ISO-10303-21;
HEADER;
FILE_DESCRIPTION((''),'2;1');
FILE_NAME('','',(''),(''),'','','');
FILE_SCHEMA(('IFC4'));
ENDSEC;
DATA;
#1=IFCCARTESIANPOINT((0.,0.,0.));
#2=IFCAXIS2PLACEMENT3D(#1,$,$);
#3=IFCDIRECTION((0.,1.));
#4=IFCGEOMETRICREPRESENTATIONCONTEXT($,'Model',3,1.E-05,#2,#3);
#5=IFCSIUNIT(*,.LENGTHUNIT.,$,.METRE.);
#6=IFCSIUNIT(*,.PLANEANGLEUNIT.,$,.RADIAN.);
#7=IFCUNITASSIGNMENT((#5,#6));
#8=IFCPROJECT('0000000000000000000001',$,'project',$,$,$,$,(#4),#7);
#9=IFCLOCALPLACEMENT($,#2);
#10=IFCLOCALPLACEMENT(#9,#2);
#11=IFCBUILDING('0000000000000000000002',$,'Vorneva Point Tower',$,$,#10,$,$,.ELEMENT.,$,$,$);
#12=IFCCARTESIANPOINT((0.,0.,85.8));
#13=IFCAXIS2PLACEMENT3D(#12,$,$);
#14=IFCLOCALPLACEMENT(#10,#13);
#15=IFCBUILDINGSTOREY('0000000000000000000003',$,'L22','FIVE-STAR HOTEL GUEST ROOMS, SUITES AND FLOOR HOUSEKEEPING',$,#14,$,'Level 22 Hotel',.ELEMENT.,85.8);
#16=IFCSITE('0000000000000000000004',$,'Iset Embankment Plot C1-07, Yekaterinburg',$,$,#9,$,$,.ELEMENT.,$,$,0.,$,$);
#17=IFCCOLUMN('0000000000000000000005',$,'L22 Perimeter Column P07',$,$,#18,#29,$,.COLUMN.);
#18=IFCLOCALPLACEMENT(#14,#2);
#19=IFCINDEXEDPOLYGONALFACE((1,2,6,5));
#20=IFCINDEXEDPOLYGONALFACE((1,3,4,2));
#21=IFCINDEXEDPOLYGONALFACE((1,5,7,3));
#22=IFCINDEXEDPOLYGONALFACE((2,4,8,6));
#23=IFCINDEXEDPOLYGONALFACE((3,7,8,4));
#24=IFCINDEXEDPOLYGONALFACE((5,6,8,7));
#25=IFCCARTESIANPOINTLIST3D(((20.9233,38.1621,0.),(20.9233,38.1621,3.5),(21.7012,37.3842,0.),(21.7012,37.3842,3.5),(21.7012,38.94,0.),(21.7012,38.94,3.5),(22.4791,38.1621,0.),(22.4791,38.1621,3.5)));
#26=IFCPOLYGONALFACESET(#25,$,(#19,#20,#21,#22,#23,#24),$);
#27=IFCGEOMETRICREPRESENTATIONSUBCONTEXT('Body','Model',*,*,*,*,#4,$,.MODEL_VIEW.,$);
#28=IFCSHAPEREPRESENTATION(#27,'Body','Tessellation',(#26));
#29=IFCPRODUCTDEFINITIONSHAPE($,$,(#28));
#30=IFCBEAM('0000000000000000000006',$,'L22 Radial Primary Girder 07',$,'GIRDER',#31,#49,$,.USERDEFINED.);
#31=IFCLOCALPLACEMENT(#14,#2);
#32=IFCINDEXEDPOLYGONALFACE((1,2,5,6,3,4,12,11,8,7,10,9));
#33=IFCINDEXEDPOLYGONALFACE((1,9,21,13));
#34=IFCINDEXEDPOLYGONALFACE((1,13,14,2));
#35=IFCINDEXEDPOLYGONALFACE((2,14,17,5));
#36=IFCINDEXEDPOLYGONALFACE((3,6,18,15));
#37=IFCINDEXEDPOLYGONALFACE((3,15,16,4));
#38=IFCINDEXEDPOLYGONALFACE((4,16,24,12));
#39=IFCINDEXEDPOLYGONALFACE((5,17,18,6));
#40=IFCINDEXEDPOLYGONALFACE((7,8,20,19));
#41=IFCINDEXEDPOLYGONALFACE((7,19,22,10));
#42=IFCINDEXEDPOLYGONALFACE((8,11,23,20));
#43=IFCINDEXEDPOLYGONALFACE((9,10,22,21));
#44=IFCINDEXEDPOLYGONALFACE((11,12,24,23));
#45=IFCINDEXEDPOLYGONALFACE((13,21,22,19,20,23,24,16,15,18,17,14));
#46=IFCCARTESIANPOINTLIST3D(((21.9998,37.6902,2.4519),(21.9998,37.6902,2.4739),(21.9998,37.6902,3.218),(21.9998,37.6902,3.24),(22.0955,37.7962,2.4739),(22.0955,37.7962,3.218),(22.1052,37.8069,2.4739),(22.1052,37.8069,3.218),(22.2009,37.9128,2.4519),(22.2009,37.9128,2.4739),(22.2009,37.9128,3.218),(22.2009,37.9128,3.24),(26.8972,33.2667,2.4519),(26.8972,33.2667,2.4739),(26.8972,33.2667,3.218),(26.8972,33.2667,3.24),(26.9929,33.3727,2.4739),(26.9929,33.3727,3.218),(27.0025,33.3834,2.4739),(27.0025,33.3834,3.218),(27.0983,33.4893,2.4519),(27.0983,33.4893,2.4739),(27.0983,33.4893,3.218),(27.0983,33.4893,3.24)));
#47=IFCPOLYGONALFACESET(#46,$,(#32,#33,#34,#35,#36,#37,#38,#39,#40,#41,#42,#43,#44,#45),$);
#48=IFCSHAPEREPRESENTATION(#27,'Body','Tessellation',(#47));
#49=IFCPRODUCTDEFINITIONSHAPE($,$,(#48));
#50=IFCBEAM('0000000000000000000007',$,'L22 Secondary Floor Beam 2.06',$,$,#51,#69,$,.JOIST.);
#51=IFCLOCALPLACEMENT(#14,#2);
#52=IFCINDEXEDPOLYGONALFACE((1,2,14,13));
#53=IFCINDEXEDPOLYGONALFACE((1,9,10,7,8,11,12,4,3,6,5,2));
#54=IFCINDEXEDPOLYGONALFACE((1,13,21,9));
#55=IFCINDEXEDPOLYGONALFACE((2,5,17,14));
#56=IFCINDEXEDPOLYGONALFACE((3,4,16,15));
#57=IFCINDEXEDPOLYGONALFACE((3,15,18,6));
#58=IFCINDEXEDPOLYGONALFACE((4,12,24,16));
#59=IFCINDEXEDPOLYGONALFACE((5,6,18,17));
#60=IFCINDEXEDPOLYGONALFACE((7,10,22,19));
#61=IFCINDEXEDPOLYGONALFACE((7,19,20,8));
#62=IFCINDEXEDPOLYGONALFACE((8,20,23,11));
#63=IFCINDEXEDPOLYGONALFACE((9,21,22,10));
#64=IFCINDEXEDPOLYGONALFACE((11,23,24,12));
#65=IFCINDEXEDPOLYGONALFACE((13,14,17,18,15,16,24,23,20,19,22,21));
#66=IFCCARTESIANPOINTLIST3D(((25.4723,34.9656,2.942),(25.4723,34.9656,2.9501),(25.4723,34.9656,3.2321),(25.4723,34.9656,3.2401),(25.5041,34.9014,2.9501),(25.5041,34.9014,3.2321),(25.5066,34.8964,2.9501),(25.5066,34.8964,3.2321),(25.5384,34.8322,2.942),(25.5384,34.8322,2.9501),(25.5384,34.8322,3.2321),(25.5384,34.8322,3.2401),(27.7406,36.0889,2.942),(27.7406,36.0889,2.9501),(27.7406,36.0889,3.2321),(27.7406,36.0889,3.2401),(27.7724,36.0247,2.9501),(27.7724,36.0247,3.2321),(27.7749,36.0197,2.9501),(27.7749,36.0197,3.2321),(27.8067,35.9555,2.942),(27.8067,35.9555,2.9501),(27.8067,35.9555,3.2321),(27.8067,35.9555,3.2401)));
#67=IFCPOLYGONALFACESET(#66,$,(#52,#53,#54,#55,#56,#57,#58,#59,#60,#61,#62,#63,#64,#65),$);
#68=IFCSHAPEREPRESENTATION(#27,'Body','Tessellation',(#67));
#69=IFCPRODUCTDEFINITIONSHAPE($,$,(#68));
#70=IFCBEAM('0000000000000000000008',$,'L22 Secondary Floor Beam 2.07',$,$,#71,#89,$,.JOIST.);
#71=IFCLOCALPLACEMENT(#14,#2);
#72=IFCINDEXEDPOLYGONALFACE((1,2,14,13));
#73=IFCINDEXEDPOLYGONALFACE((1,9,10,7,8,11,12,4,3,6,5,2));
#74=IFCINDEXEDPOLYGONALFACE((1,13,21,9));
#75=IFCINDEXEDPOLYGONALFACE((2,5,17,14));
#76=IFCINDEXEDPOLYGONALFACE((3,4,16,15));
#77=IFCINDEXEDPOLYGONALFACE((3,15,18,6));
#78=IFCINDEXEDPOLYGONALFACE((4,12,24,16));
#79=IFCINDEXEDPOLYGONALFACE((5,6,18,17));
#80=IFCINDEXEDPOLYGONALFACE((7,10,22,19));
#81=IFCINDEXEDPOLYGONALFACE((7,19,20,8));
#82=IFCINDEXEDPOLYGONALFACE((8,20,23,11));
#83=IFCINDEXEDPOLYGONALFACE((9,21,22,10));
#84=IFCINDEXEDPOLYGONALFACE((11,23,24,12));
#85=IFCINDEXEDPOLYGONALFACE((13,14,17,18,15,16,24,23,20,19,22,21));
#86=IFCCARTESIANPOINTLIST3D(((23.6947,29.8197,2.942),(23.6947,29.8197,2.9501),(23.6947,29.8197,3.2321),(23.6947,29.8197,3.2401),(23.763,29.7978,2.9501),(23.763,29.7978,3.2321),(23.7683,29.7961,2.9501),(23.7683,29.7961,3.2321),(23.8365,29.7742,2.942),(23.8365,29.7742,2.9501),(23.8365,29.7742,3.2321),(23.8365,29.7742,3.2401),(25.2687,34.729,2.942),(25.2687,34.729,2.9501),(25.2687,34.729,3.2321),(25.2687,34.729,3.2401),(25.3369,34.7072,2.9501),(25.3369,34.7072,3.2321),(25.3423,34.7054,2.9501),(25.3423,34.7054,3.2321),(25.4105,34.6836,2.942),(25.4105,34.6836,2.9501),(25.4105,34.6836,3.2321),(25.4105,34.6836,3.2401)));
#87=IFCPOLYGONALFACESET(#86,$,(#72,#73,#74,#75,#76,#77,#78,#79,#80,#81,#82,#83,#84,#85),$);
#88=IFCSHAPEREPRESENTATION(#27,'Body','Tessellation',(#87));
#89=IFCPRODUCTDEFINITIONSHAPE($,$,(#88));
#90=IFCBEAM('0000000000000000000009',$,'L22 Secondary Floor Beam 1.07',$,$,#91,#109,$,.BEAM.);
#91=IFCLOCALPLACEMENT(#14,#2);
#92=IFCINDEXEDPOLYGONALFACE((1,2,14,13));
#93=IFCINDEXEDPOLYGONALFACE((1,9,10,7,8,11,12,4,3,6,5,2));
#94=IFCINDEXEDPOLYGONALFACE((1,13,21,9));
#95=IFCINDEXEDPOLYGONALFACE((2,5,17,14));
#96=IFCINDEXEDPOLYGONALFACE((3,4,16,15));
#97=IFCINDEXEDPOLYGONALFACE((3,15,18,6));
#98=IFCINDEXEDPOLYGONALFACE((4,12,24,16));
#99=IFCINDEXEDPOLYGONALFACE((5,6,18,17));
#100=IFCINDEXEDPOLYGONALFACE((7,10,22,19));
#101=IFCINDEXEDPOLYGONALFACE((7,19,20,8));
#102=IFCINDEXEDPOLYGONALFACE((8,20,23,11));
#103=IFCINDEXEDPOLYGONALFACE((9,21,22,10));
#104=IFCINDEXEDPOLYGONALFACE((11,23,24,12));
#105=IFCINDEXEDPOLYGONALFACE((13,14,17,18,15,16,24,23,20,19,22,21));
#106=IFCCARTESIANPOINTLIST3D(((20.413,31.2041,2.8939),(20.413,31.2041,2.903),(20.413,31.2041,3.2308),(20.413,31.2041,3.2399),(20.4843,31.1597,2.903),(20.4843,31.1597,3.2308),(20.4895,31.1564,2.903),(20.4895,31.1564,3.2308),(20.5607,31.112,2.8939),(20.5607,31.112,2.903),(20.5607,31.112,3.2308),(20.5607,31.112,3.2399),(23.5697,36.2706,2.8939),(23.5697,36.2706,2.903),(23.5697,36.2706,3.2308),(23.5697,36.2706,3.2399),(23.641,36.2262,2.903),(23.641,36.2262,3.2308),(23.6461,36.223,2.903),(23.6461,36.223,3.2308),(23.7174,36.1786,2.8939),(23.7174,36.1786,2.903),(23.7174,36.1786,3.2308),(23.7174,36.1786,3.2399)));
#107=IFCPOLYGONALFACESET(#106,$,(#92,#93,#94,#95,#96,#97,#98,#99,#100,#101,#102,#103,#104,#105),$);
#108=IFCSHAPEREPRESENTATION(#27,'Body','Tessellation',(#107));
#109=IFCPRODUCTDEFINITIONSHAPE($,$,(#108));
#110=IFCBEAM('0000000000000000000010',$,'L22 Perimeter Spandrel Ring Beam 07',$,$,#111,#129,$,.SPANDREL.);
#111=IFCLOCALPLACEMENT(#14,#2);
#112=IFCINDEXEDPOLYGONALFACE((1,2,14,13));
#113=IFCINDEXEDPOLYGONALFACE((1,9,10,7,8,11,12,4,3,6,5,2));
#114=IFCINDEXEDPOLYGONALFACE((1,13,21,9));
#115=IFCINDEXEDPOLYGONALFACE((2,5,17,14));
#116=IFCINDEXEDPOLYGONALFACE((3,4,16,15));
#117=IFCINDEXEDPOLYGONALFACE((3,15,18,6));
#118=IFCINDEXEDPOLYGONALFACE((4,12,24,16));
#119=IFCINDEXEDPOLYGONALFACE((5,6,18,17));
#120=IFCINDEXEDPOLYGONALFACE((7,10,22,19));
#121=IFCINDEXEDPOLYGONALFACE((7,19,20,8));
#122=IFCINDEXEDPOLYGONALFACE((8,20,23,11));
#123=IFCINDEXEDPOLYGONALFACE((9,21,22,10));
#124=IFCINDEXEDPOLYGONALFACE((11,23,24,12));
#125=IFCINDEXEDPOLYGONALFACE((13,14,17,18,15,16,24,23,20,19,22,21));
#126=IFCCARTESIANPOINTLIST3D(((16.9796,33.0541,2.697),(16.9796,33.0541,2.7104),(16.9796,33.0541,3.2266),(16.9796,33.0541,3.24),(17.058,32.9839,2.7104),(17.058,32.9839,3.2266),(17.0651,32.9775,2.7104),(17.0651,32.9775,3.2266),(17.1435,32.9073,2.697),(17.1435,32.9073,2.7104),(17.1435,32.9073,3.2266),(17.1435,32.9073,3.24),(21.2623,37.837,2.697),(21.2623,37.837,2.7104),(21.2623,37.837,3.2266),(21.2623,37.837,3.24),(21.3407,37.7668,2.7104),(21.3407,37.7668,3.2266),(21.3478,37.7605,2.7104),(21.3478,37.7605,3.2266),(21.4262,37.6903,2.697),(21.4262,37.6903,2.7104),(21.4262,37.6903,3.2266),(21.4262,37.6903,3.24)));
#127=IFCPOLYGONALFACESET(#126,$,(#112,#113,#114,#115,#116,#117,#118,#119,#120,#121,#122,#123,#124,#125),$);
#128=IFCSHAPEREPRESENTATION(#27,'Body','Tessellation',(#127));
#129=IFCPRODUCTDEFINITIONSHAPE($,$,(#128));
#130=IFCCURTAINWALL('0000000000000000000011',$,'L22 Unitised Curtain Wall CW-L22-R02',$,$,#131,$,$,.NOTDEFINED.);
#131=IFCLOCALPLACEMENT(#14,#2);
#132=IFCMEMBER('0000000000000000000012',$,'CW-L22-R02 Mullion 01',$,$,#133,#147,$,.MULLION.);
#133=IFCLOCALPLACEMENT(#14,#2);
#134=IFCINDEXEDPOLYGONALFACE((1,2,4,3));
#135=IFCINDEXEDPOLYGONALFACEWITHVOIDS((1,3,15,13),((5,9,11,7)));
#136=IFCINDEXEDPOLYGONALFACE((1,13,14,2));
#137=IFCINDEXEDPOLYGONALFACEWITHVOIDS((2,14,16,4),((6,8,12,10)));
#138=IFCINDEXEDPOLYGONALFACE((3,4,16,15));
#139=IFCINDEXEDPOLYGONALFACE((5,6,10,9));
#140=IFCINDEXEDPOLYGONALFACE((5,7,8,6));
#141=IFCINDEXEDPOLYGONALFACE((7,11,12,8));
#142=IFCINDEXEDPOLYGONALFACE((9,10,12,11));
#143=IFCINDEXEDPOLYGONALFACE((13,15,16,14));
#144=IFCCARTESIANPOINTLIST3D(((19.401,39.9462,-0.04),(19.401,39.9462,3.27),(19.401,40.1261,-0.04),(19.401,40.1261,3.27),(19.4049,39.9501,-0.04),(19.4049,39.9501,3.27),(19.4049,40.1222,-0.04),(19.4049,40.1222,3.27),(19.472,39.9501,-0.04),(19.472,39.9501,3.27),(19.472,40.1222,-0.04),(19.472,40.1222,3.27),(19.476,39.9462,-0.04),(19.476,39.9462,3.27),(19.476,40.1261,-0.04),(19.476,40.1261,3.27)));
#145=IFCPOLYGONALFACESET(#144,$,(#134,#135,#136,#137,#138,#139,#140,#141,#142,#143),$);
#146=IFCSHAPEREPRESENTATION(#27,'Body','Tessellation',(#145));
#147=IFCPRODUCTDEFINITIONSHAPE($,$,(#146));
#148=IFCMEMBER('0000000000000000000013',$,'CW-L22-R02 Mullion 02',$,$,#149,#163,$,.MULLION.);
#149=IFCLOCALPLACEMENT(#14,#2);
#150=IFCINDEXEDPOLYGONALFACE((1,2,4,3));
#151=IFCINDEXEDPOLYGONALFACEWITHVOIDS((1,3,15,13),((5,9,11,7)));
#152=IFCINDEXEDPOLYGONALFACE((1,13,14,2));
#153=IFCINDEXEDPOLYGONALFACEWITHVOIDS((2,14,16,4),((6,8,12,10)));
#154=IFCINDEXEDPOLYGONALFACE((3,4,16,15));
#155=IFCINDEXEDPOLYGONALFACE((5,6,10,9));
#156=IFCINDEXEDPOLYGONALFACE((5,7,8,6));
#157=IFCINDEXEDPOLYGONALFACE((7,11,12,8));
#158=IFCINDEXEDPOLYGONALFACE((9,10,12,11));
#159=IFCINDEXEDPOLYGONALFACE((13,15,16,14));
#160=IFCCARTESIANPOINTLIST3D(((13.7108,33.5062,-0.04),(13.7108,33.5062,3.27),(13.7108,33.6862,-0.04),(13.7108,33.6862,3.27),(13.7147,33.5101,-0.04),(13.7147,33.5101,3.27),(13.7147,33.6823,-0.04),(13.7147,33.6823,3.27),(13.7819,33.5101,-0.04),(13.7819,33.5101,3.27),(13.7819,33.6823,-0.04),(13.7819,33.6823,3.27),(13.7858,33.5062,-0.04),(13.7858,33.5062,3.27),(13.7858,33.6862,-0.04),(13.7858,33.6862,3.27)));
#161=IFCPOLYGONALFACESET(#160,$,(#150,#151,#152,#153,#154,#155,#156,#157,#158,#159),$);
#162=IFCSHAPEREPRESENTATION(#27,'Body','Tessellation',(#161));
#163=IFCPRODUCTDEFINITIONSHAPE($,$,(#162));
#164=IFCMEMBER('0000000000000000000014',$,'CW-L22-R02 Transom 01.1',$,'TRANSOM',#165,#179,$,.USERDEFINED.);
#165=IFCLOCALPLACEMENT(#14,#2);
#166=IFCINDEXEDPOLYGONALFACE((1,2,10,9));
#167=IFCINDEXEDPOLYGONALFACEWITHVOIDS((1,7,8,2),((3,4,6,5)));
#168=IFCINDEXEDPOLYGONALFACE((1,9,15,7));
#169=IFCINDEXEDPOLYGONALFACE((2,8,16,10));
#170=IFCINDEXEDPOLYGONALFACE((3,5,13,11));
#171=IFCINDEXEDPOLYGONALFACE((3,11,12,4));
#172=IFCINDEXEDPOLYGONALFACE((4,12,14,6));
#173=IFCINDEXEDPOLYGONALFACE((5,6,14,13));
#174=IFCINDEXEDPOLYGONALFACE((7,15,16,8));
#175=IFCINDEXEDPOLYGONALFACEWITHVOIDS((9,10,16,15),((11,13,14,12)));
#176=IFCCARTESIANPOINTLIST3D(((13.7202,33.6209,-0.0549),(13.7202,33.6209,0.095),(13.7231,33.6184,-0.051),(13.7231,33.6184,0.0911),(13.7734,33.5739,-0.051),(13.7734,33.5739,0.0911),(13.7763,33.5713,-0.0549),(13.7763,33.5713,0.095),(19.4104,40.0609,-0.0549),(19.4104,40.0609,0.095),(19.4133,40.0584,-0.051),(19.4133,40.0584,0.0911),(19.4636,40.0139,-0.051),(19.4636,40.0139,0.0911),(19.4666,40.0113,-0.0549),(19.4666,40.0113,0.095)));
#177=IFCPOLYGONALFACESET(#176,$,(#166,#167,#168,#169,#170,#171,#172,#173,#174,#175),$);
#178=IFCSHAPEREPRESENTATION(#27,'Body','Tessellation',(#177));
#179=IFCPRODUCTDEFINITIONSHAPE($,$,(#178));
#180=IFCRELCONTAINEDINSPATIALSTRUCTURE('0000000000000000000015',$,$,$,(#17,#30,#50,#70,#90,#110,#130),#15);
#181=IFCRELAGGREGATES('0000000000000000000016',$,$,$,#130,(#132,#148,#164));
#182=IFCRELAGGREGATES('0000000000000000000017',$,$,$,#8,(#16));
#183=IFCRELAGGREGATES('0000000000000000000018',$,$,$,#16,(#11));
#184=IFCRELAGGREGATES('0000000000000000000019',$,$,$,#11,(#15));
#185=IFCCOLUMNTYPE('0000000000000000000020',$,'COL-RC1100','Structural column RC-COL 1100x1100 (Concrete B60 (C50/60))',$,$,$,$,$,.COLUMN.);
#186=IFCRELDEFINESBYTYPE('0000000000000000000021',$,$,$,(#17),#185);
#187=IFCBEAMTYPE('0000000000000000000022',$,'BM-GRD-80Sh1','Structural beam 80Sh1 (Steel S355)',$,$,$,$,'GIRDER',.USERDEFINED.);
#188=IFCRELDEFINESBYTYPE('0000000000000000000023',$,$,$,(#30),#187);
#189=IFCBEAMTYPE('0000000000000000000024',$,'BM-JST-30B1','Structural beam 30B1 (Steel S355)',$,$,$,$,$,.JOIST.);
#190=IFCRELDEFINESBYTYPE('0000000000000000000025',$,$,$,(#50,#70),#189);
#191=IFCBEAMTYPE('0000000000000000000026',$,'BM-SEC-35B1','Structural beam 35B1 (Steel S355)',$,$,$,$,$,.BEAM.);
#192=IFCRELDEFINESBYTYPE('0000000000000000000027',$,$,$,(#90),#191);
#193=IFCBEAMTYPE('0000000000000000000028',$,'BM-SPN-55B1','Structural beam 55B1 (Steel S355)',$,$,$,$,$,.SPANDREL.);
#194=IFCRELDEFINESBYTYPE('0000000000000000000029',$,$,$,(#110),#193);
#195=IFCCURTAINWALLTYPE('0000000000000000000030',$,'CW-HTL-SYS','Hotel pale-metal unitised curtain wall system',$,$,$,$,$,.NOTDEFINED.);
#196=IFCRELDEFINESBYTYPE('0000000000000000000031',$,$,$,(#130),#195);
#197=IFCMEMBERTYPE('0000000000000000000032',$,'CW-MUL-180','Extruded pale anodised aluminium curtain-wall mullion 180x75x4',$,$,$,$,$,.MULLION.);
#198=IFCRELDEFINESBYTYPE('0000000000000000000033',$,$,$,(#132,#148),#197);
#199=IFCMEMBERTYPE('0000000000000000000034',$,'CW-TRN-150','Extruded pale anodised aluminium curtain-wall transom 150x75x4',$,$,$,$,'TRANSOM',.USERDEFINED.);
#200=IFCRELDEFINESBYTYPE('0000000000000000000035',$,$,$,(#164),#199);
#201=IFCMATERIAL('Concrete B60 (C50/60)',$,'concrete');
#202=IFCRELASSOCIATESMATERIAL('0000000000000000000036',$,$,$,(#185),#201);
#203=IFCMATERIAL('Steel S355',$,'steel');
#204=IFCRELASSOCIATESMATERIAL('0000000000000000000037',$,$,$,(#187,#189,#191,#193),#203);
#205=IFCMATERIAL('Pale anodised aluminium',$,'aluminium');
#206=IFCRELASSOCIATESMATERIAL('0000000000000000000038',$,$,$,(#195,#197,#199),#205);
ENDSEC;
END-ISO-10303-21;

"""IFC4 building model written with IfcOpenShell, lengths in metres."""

from ifc_helpers import new_model, si_unit, direction, frame, origin, origin_2d, place, context, subcontext, project, spatial, rectangle, hollow_rectangle, i_section, extrude, material, material_profile, profile_set, type_object, element, aggregate, save


model = new_model("IFC4")

# Units and contexts
model_context = context("Model", 3, precision=1e-05, world=origin(), true_north=direction((0.0, 1.0)))
body_context = subcontext(model_context, "Body", "Model", "MODEL_VIEW")
ifc_project = project(units=[si_unit("LENGTHUNIT", "METRE"), si_unit("PLANEANGLEUNIT", "RADIAN")], contexts=[model_context])

# Site, building, storey
site_placement = place(None, origin())
site = spatial("IfcSite", under=ifc_project, at=site_placement, Name="Iset Embankment Plot C1-07, Yekaterinburg", CompositionType="ELEMENT", RefElevation=0.0)
building_placement = place(site_placement, origin())
building = spatial("IfcBuilding", under=site, at=building_placement, Name="Vorneva Point Tower", CompositionType="ELEMENT")
storey_placement = place(building_placement, frame((0.0, 0.0, 85.8)))
storey = spatial("IfcBuildingStorey", under=building, at=storey_placement, Name="L22", Description="FIVE-STAR HOTEL GUEST ROOMS, SUITES AND FLOOR HOUSEKEEPING", LongName="Level 22 Hotel", CompositionType="ELEMENT", Elevation=85.8)

# Column
ifc_material_1 = material(Name="Concrete B60 (C50/60)", Category="concrete")
ifc_material_profile_1 = material_profile(ifc_material_1, rectangle(XDim=1.1001, YDim=1.1001, at=origin_2d()), Name="RC-COL 1100x1100")
ifc_profile_set_1 = profile_set([ifc_material_profile_1], Name="Concrete B60 (C50/60)")
column_type = type_object("IfcColumnType", Name="COL-RC1100", Description="Structural column RC-COL 1100x1100 (Concrete B60 (C50/60))", PredefinedType="COLUMN", material=ifc_profile_set_1)
column_placement = place(storey_placement, frame((21.7012, 38.1621, 0.0), z_axis=(0.0, 0.0, 1.0), x_axis=(-0.707107, 0.707107, 0.0)))
element("IfcColumn", 1, at=column_placement, inside=storey, type_object=column_type, Name="L22 Perimeter Column P07", PredefinedType="COLUMN", context=body_context, shape_type="SweptSolid", body=[
    extrude(rectangle(XDim=1.1001, YDim=1.1001, at=origin_2d()), origin(), (0.0, 0.0, 1.0), 3.5),
])

# Beams
ifc_material_2 = material(Name="Steel S355", Category="steel")
ifc_material_profile_2 = material_profile(ifc_material_2, i_section(OverallWidth=0.3, OverallDepth=0.7881, WebThickness=0.0144, FlangeThickness=0.022, at=origin_2d()), Name="80Sh1")
ifc_profile_set_2 = profile_set([ifc_material_profile_2], Name="Steel S355")
beam_type_1 = type_object("IfcBeamType", Name="BM-GRD-80Sh1", Description="Structural beam 80Sh1 (Steel S355)", ElementType="GIRDER", PredefinedType="USERDEFINED", material=ifc_profile_set_2)
beam_1_placement = place(storey_placement, frame((22.1003, 37.8015, 2.8459), z_axis=(0.742097, -0.670292, 0.0), x_axis=(0.670292, 0.742097, 0.0)))
element("IfcBeam", 2, at=beam_1_placement, inside=storey, type_object=beam_type_1, Name="L22 Radial Primary Girder 07", ObjectType="GIRDER", PredefinedType="USERDEFINED", context=body_context, shape_type="SweptSolid", body=[
    extrude(i_section(OverallWidth=0.3, OverallDepth=0.7881, WebThickness=0.0144, FlangeThickness=0.022, at=origin_2d()), origin(), (0.0, 0.0, 1.0), 6.5994),
])
ifc_material_profile_3 = material_profile(ifc_material_2, i_section(OverallWidth=0.1489, OverallDepth=0.2981, WebThickness=0.0056, FlangeThickness=0.0081, at=origin_2d()), Name="30B1")
ifc_profile_set_3 = profile_set([ifc_material_profile_3], Name="Steel S355")
beam_type_2 = type_object("IfcBeamType", Name="BM-JST-30B1", Description="Structural beam 30B1 (Steel S355)", PredefinedType="JOIST", material=ifc_profile_set_3)
beam_2_placement = place(storey_placement, frame((27.7737, 36.0222, 3.0911), z_axis=(-0.896137, -0.443777, 0.0), x_axis=(0.443777, -0.896137, 0.0)))
element("IfcBeam", 3, at=beam_2_placement, inside=storey, type_object=beam_type_2, Name="L22 Secondary Floor Beam 2.06", PredefinedType="JOIST", context=body_context, shape_type="SweptSolid", body=[
    extrude(i_section(OverallWidth=0.1489, OverallDepth=0.2981, WebThickness=0.0056, FlangeThickness=0.0081, at=origin_2d()), origin(), (0.0, 0.0, 1.0), 2.5312),
])
beam_3_placement = place(storey_placement, frame((25.3396, 34.7063, 3.0911), z_axis=(-0.305296, -0.952257, 0.0), x_axis=(0.952257, -0.305296, 0.0)))
element("IfcBeam", 4, at=beam_3_placement, inside=storey, type_object=beam_type_2, Name="L22 Secondary Floor Beam 2.07", PredefinedType="JOIST", context=body_context, shape_type="SweptSolid", body=[
    extrude(i_section(OverallWidth=0.1489, OverallDepth=0.2981, WebThickness=0.0056, FlangeThickness=0.0081, at=origin_2d()), origin(), (0.0, 0.0, 1.0), 5.1555),
])
ifc_material_profile_4 = material_profile(ifc_material_2, i_section(OverallWidth=0.1741, OverallDepth=0.3459, WebThickness=0.0061, FlangeThickness=0.009, at=origin_2d()), Name="35B1")
ifc_profile_set_4 = profile_set([ifc_material_profile_4], Name="Steel S355")
beam_type_3 = type_object("IfcBeamType", Name="BM-SEC-35B1", Description="Structural beam 35B1 (Steel S355)", PredefinedType="BEAM", material=ifc_profile_set_4)
beam_4_placement = place(storey_placement, frame((23.6436, 36.2246, 3.0669), z_axis=(-0.528804, -0.848744, 0.0), x_axis=(0.848744, -0.528804, 0.0)))
element("IfcBeam", 5, at=beam_4_placement, inside=storey, type_object=beam_type_3, Name="L22 Secondary Floor Beam 1.07", PredefinedType="BEAM", context=body_context, shape_type="SweptSolid", body=[
    extrude(i_section(OverallWidth=0.1741, OverallDepth=0.3459, WebThickness=0.0061, FlangeThickness=0.009, at=origin_2d()), origin(), (0.0, 0.0, 1.0), 5.9695),
])
ifc_material_profile_5 = material_profile(ifc_material_2, i_section(OverallWidth=0.22, OverallDepth=0.543, WebThickness=0.0095, FlangeThickness=0.0134, at=origin_2d()), Name="55B1")
ifc_profile_set_5 = profile_set([ifc_material_profile_5], Name="Steel S355")
beam_type_4 = type_object("IfcBeamType", Name="BM-SPN-55B1", Description="Structural beam 55B1 (Steel S355)", PredefinedType="SPANDREL", material=ifc_profile_set_5)
beam_5_placement = place(storey_placement, frame((21.3442, 37.7637, 2.9685), z_axis=(-0.667074, -0.744992, 0.0), x_axis=(0.744992, -0.667074, 0.0)))
element("IfcBeam", 6, at=beam_5_placement, inside=storey, type_object=beam_type_4, Name="L22 Perimeter Spandrel Ring Beam 07", PredefinedType="SPANDREL", context=body_context, shape_type="SweptSolid", body=[
    extrude(i_section(OverallWidth=0.22, OverallDepth=0.543, WebThickness=0.0095, FlangeThickness=0.0134, at=origin_2d()), origin(), (0.0, 0.0, 1.0), 6.4202),
])

# Curtain wall, members
ifc_material_3 = material(Name="Pale anodised aluminium", Category="aluminium")
curtain_wall_type = type_object("IfcCurtainWallType", Name="CW-HTL-SYS", Description="Hotel pale-metal unitised curtain wall system", PredefinedType="NOTDEFINED", material=ifc_material_3)
curtain_wall_placement = place(storey_placement, origin())
curtain_wall = element("IfcCurtainWall", 7, at=curtain_wall_placement, inside=storey, type_object=curtain_wall_type, Name="L22 Unitised Curtain Wall CW-L22-R02", PredefinedType="NOTDEFINED")
ifc_material_profile_6 = material_profile(ifc_material_3, hollow_rectangle(XDim=0.075, YDim=0.1799, WallThickness=0.0039, at=origin_2d()), Name="AL-MUL 180x75x4")
ifc_profile_set_6 = profile_set([ifc_material_profile_6], Name="Pale anodised aluminium")
member_type_1 = type_object("IfcMemberType", Name="CW-MUL-180", Description="Extruded pale anodised aluminium curtain-wall mullion 180x75x4", PredefinedType="MULLION", material=ifc_profile_set_6)
member_1_placement = place(storey_placement, frame((19.4385, 40.0361, -0.04), z_axis=(0.0, 0.0, 1.0), x_axis=(1.0, 0.0, 0.0)))
member_1 = element("IfcMember", 8, at=member_1_placement, type_object=member_type_1, Name="CW-L22-R02 Mullion 01", PredefinedType="MULLION", context=body_context, shape_type="SweptSolid", body=[
    extrude(hollow_rectangle(XDim=0.075, YDim=0.1799, WallThickness=0.0039, at=origin_2d()), origin(), (0.0, 0.0, 1.0), 3.3101),
])
member_2_placement = place(storey_placement, frame((13.7483, 33.5962, -0.04), z_axis=(0.0, 0.0, 1.0), x_axis=(1.0, 0.0, 0.0)))
member_2 = element("IfcMember", 9, at=member_2_placement, type_object=member_type_1, Name="CW-L22-R02 Mullion 02", PredefinedType="MULLION", context=body_context, shape_type="SweptSolid", body=[
    extrude(hollow_rectangle(XDim=0.075, YDim=0.1799, WallThickness=0.0039, at=origin_2d()), origin(), (0.0, 0.0, 1.0), 3.3101),
])
ifc_material_profile_7 = material_profile(ifc_material_3, hollow_rectangle(XDim=0.075, YDim=0.1499, WallThickness=0.0039, at=origin_2d()), Name="AL-TRN 150x75x4")
ifc_profile_set_7 = profile_set([ifc_material_profile_7], Name="Pale anodised aluminium")
member_type_2 = type_object("IfcMemberType", Name="CW-TRN-150", Description="Extruded pale anodised aluminium curtain-wall transom 150x75x4", ElementType="TRANSOM", PredefinedType="USERDEFINED", material=ifc_profile_set_7)
member_3_placement = place(storey_placement, frame((19.4385, 40.0361, 0.02), z_axis=(-0.662137, -0.749383, 0.0), x_axis=(0.749383, -0.662137, 0.0)))
member_3 = element("IfcMember", 10, at=member_3_placement, type_object=member_type_2, Name="CW-L22-R02 Transom 01.1", ObjectType="TRANSOM", PredefinedType="USERDEFINED", context=body_context, shape_type="SweptSolid", body=[
    extrude(hollow_rectangle(XDim=0.075, YDim=0.1499, WallThickness=0.0039, at=origin_2d()), origin(), (0.0, 0.0, 1.0), 8.5938),
])
aggregate(curtain_wall, [member_1, member_2, member_3])

save(model, "model.ifc")
